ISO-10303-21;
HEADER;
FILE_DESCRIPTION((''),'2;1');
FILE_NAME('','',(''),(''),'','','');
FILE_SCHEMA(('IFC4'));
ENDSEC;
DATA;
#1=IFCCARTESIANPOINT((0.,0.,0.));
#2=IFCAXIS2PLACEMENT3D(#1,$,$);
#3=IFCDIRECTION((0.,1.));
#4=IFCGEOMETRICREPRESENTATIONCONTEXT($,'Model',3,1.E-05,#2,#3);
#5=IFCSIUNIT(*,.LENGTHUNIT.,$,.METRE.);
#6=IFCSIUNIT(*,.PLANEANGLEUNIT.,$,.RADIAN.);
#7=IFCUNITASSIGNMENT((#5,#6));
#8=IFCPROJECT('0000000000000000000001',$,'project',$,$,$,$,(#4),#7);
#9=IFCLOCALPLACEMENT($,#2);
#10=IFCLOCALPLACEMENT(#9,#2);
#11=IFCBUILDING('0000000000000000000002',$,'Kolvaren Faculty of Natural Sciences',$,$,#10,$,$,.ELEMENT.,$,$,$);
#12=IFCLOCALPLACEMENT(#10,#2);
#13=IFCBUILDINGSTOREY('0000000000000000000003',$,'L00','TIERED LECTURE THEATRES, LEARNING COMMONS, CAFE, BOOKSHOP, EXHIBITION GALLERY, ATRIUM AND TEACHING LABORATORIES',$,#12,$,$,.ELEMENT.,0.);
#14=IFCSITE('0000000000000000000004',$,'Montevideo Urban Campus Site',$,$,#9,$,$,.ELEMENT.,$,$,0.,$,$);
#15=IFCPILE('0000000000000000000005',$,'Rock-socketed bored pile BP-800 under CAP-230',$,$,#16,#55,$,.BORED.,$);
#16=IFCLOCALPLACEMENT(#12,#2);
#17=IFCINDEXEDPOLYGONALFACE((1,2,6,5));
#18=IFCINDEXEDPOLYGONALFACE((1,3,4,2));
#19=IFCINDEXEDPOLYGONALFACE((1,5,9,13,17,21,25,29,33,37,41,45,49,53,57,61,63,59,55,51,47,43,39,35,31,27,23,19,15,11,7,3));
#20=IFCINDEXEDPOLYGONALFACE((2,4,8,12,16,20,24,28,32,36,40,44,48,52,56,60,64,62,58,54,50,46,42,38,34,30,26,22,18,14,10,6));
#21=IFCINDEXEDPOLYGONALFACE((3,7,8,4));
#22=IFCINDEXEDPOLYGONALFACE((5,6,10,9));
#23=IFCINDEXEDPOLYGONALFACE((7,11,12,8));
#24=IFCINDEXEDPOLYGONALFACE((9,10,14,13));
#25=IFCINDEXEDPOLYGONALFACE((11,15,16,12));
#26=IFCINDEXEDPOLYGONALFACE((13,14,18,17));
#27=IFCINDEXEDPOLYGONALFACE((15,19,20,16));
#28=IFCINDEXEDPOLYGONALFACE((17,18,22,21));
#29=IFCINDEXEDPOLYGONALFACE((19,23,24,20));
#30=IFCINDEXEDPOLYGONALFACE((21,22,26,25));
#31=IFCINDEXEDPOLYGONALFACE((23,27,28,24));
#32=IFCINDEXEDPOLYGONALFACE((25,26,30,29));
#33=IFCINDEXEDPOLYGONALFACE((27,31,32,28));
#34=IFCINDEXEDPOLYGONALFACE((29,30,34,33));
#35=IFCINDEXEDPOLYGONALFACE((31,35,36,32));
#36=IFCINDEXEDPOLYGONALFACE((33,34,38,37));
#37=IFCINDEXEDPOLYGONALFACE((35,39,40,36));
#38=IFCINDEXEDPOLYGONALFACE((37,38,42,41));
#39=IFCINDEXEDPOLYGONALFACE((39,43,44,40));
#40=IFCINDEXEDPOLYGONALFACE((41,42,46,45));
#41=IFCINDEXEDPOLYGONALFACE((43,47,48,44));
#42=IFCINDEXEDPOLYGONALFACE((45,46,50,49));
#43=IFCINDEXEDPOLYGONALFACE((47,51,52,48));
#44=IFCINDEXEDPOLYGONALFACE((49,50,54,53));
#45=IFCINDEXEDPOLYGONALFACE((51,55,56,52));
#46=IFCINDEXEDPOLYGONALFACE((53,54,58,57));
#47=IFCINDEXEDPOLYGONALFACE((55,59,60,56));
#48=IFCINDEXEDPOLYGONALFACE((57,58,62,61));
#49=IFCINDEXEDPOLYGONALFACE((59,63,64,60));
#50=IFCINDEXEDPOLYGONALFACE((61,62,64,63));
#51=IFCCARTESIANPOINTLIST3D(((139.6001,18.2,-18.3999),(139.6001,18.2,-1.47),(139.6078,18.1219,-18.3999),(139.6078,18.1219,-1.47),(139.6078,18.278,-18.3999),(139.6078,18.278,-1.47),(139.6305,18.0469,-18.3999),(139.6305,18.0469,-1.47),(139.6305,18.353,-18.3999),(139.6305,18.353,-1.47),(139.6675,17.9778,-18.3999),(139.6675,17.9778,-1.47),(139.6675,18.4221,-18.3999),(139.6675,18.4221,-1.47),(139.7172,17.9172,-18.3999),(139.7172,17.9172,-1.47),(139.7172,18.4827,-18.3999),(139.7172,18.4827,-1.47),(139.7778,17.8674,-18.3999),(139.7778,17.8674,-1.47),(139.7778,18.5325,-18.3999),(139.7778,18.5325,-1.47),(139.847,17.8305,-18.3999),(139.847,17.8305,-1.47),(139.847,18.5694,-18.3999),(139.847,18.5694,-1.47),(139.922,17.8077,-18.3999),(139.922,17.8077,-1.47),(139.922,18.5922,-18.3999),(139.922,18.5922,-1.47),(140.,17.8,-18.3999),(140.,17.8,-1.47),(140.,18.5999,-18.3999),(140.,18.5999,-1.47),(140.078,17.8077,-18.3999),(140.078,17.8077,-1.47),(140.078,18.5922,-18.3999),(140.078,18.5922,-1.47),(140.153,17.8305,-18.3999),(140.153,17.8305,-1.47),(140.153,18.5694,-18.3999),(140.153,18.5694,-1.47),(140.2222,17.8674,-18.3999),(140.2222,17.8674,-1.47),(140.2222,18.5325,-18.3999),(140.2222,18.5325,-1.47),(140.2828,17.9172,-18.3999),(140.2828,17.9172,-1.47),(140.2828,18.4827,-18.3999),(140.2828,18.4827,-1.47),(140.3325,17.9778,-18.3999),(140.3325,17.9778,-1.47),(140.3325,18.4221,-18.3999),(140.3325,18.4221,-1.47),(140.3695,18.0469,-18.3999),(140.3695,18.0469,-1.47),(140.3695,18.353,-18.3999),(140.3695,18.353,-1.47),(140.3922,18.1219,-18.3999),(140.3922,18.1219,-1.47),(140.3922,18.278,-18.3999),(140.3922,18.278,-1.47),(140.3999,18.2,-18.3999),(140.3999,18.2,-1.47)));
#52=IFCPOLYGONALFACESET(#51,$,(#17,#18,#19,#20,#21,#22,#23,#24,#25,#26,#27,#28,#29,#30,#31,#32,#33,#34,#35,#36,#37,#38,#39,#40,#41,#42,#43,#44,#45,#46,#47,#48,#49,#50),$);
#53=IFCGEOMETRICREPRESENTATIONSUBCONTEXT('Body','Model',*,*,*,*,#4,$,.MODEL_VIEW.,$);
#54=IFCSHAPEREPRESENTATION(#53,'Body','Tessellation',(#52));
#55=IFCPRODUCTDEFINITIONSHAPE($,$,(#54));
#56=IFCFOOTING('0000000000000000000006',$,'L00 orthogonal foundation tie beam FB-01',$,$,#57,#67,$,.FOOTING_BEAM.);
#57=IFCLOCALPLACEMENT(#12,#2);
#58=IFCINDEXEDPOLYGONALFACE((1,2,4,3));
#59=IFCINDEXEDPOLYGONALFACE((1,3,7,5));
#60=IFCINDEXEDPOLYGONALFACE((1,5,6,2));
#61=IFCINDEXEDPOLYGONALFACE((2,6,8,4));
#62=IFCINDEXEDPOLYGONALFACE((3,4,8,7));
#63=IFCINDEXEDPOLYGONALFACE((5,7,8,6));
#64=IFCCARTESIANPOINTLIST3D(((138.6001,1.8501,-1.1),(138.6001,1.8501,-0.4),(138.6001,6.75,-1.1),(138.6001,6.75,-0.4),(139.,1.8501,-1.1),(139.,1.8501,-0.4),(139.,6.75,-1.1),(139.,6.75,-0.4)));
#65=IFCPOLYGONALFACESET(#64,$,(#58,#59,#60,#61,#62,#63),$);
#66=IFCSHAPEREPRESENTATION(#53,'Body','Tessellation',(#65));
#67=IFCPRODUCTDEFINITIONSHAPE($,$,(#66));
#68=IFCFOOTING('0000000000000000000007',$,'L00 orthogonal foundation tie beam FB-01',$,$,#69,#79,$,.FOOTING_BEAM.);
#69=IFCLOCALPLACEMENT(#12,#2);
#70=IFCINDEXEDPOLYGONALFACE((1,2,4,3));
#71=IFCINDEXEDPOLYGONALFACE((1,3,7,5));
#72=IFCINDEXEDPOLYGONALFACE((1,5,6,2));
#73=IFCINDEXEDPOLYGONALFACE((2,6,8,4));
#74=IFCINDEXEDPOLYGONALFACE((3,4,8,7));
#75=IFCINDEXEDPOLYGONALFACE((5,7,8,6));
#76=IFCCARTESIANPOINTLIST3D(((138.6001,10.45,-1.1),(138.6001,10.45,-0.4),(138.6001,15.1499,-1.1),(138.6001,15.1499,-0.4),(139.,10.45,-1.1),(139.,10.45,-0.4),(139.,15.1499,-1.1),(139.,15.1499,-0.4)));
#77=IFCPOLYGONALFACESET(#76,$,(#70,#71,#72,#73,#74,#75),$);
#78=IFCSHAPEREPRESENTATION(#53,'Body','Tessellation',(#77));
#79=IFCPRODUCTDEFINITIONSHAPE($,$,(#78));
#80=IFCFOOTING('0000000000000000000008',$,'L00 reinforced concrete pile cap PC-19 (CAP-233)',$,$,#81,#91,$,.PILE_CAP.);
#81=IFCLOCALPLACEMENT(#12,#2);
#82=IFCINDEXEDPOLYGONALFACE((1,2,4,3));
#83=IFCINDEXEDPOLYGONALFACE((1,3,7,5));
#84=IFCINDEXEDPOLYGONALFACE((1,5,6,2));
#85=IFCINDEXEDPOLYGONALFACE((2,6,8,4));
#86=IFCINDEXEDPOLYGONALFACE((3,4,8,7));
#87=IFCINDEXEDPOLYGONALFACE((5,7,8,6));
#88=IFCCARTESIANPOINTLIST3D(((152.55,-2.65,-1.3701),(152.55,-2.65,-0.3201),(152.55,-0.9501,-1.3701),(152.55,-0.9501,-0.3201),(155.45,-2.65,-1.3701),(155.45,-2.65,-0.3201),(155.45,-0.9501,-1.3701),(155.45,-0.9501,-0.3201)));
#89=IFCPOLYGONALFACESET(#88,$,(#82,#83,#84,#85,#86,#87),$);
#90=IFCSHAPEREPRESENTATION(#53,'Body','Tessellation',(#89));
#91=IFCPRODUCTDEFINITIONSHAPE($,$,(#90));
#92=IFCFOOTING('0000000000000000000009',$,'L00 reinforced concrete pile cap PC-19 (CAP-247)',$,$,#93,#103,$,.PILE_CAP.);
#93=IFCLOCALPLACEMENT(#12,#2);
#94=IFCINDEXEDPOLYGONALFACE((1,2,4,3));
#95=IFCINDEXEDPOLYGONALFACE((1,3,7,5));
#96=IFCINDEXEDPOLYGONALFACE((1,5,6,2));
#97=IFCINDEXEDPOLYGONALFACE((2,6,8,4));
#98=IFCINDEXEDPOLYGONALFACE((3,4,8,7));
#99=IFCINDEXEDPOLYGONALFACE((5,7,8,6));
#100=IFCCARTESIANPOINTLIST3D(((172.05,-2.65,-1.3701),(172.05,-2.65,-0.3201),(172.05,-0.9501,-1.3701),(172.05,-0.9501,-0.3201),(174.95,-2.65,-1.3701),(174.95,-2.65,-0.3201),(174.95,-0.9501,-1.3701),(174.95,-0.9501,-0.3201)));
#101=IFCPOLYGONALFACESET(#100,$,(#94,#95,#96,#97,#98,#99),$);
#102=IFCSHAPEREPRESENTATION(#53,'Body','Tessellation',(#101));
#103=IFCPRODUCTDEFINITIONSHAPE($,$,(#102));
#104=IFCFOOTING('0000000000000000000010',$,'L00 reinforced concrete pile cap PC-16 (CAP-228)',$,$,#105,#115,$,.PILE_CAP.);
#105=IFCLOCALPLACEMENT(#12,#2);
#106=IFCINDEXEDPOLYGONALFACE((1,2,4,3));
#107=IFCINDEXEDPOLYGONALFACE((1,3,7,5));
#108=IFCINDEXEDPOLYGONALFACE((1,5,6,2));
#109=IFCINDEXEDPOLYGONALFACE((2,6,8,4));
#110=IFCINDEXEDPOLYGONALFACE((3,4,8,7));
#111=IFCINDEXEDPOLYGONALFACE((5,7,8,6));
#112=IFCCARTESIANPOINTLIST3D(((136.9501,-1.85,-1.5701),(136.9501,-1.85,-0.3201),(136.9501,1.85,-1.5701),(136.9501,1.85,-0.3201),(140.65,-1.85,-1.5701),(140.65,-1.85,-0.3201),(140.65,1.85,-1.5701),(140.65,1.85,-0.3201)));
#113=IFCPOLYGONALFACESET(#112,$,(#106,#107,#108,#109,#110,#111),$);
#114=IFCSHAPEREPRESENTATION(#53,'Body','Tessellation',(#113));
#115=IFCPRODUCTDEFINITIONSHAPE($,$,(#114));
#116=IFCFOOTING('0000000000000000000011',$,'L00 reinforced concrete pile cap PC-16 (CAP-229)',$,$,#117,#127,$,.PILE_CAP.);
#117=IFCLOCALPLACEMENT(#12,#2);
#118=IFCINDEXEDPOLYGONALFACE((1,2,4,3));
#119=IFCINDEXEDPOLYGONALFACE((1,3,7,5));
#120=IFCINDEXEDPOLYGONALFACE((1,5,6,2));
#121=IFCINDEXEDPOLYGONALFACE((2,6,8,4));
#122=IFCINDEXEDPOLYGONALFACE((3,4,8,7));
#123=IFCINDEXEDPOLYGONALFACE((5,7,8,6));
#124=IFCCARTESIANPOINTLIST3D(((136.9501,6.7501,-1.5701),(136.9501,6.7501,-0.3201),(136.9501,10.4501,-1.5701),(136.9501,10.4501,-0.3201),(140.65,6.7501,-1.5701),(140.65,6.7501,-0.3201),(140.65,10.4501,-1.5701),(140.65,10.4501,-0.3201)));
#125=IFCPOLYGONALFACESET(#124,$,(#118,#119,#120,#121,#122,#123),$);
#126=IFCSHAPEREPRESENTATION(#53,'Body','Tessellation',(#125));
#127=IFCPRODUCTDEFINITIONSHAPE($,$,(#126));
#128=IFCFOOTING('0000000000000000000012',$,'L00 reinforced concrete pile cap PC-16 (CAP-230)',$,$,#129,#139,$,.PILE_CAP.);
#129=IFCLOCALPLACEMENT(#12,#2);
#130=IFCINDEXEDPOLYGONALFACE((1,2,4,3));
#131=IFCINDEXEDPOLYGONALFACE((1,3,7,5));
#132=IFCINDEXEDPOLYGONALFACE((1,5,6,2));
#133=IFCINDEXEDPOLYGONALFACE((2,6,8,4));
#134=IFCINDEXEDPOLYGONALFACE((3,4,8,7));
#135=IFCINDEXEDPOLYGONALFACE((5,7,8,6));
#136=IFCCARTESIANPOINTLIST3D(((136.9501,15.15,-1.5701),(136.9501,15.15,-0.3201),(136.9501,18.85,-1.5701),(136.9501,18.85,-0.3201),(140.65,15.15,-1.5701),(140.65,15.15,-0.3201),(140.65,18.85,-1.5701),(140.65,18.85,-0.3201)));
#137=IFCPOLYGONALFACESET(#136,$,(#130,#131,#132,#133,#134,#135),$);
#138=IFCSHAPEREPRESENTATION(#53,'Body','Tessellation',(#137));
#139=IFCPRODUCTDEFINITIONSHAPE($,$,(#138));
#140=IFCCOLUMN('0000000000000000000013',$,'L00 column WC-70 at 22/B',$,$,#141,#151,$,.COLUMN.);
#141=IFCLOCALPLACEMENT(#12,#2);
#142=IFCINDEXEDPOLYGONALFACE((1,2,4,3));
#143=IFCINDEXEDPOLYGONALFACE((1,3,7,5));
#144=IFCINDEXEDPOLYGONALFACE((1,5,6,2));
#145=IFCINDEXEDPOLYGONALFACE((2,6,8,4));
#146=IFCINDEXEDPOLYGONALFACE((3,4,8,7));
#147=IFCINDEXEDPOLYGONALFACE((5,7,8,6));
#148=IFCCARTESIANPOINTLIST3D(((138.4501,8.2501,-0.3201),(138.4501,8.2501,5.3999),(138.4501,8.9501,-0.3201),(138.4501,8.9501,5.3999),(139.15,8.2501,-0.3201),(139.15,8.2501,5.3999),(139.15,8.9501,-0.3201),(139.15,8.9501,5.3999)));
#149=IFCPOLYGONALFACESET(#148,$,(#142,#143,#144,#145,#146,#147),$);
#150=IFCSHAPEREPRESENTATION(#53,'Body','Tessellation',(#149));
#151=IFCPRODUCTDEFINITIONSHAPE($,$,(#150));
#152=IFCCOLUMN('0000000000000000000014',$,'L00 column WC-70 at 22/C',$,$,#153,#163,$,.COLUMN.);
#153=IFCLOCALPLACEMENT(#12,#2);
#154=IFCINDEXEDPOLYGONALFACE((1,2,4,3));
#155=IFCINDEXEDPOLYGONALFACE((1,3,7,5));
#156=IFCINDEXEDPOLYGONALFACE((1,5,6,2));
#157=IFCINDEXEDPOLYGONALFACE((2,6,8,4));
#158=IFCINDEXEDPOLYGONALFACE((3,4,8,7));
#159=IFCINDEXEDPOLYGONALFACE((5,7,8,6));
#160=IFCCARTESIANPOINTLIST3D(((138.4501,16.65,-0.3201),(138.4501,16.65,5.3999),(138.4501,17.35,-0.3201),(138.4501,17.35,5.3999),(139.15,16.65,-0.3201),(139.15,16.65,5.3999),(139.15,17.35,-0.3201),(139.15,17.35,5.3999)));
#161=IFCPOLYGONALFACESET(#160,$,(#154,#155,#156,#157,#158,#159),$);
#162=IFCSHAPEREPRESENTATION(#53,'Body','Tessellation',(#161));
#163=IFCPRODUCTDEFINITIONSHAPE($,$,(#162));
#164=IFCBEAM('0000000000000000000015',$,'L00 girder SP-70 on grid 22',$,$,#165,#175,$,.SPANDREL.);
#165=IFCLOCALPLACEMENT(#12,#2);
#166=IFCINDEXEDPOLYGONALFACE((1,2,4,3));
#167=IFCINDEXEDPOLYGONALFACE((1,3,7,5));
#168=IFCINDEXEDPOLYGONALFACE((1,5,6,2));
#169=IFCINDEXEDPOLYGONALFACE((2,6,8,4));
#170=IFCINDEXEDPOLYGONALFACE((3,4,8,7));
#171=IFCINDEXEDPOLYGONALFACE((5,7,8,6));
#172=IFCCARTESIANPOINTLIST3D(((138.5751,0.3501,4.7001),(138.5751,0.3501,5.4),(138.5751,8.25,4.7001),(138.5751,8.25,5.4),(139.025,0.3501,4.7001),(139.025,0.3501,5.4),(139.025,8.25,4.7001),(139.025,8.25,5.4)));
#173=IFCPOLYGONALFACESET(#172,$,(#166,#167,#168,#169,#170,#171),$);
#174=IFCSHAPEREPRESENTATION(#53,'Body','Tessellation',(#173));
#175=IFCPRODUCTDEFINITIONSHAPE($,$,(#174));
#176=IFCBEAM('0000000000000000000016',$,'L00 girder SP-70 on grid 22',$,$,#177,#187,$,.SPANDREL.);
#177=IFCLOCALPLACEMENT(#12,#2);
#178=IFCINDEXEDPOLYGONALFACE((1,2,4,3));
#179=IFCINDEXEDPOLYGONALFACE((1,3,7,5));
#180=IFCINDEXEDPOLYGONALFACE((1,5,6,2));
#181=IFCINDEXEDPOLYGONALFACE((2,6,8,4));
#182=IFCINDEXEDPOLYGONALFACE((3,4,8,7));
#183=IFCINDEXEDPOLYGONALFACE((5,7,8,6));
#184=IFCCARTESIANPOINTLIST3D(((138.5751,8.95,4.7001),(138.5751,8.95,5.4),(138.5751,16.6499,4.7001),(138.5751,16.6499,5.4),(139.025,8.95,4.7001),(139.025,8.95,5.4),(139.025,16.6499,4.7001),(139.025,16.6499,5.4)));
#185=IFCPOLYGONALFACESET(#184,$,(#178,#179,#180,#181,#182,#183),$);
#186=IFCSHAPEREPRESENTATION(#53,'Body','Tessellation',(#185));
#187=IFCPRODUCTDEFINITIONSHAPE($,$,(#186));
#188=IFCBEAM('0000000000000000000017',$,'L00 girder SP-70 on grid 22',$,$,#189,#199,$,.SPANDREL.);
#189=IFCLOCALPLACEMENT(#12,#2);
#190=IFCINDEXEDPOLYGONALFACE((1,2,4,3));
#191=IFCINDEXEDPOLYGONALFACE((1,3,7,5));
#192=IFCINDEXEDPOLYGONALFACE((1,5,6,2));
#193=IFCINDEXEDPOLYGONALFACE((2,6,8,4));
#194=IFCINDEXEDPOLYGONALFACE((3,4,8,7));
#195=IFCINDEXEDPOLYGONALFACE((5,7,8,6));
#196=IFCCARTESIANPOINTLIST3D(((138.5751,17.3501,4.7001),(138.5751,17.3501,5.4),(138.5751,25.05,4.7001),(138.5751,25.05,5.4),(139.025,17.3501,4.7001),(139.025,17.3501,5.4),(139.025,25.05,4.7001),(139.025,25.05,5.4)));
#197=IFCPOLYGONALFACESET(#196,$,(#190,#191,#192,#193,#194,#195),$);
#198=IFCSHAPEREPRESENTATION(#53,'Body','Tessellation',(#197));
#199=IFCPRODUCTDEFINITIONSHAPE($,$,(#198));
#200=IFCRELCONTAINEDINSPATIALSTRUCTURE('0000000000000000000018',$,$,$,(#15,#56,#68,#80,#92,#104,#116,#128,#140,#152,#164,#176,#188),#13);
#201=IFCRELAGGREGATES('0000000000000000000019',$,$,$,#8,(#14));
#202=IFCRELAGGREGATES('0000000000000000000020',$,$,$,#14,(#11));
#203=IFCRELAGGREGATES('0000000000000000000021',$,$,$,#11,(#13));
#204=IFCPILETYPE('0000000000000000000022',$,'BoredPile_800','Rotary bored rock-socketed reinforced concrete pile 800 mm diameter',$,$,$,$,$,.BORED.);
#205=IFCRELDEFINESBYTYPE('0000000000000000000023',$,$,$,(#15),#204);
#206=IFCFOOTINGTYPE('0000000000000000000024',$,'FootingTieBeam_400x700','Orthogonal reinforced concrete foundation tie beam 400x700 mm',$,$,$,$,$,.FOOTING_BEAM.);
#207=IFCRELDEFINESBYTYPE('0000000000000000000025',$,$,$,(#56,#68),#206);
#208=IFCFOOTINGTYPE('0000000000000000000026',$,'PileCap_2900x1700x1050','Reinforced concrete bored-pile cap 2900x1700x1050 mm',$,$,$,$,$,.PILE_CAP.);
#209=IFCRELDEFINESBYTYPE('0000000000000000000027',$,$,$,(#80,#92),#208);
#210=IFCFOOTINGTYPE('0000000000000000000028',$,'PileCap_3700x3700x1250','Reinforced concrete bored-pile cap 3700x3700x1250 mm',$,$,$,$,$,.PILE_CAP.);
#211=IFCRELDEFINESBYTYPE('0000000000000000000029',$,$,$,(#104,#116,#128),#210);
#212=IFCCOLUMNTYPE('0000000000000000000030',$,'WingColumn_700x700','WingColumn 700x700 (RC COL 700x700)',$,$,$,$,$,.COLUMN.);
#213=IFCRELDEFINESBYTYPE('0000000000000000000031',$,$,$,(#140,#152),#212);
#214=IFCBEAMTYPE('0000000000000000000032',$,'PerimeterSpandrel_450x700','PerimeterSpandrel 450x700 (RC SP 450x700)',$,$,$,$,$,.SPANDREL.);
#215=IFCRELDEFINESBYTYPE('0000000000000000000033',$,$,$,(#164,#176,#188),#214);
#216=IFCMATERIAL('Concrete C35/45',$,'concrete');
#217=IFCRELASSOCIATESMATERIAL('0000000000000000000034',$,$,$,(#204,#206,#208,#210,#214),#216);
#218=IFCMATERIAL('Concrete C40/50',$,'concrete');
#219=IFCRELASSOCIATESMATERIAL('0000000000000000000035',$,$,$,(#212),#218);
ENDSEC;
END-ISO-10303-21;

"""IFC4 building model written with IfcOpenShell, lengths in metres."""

from ifc_helpers import new_model, si_unit, direction, frame, origin, origin_2d, place, context, subcontext, project, spatial, rectangle, circle, extrude, material, material_profile, profile_set, type_object, element, save


model = new_model("IFC4")

# Units and contexts
model_context = context("Model", 3, precision=1e-05, world=origin(), true_north=direction((0.0, 1.0)))
body_context = subcontext(model_context, "Body", "Model", "MODEL_VIEW")
ifc_project = project(units=[si_unit("LENGTHUNIT", "METRE"), si_unit("PLANEANGLEUNIT", "RADIAN")], contexts=[model_context])

# Site, building, storey
site_placement = place(None, origin())
site = spatial("IfcSite", under=ifc_project, at=site_placement, Name="Montevideo Urban Campus Site", CompositionType="ELEMENT", RefElevation=0.0)
building_placement = place(site_placement, origin())
building = spatial("IfcBuilding", under=site, at=building_placement, Name="Kolvaren Faculty of Natural Sciences", CompositionType="ELEMENT")
storey_placement = place(building_placement, origin())
storey = spatial("IfcBuildingStorey", under=building, at=storey_placement, Name="L00", Description="TIERED LECTURE THEATRES, LEARNING COMMONS, CAFE, BOOKSHOP, EXHIBITION GALLERY, ATRIUM AND TEACHING LABORATORIES", CompositionType="ELEMENT", Elevation=0.0)

# Pile
ifc_material_1 = material(Name="Concrete C35/45", Category="concrete")
ifc_material_profile_1 = material_profile(ifc_material_1, circle(Radius=0.3999, at=origin_2d()), Name="PILE D800")
ifc_profile_set_1 = profile_set([ifc_material_profile_1], Name="Concrete C35/45")
pile_type_1 = type_object("IfcPileType", Name="BoredPile_800", Description="Rotary bored rock-socketed reinforced concrete pile 800 mm diameter", PredefinedType="BORED", material=ifc_profile_set_1)
for number, where, z_axis, x_axis, name in (
    (1, (140.0, 18.2, -1.47), (0.0, 0.0, -1.0), (1.0, 0.0, 0.0), "Rock-socketed bored pile BP-800 under CAP-230"),
):
    element("IfcPile", number, at=place(storey_placement, frame(where, z_axis=z_axis, x_axis=x_axis)), inside=storey, type_object=pile_type_1, Name=name, PredefinedType="BORED", context=body_context, shape_type="SweptSolid", body=[
        extrude(circle(Radius=0.3999, at=origin_2d()), origin(), (0.0, 0.0, 1.0), 16.9299),
    ])

# Footings
ifc_material_profile_2 = material_profile(ifc_material_1, rectangle(XDim=0.3999, YDim=0.7, at=origin_2d()), Name="RC FB 400x700")
ifc_profile_set_2 = profile_set([ifc_material_profile_2], Name="Concrete C35/45")
footing_type_1 = type_object("IfcFootingType", Name="FootingTieBeam_400x700", Description="Orthogonal reinforced concrete foundation tie beam 400x700 mm", PredefinedType="FOOTING_BEAM", material=ifc_profile_set_2)
footing_1_placement = place(storey_placement, frame((138.8, 1.8501, -0.75), z_axis=(0.0, 1.0, 0.0), x_axis=(-1.0, 0.0, 0.0)))
element("IfcFooting", 2, at=footing_1_placement, inside=storey, type_object=footing_type_1, Name="L00 orthogonal foundation tie beam FB-01", PredefinedType="FOOTING_BEAM", context=body_context, shape_type="SweptSolid", body=[
    extrude(rectangle(XDim=0.3999, YDim=0.7, at=origin_2d()), origin(), (0.0, 0.0, 1.0), 4.8999),
])
footing_2_placement = place(storey_placement, frame((138.8, 10.45, -0.75), z_axis=(0.0, 1.0, 0.0), x_axis=(-1.0, 0.0, 0.0)))
element("IfcFooting", 3, at=footing_2_placement, inside=storey, type_object=footing_type_1, Name="L00 orthogonal foundation tie beam FB-01", PredefinedType="FOOTING_BEAM", context=body_context, shape_type="SweptSolid", body=[
    extrude(rectangle(XDim=0.3999, YDim=0.7, at=origin_2d()), origin(), (0.0, 0.0, 1.0), 4.7),
])
footing_type_2 = type_object("IfcFootingType", Name="PileCap_2900x1700x1050", Description="Reinforced concrete bored-pile cap 2900x1700x1050 mm", PredefinedType="PILE_CAP", material=ifc_material_1)
for number, where, z_axis, x_axis, name in (
    (4, (154.0, -1.8, -1.3701), (0.0, 0.0, 1.0), (1.0, 0.0, 0.0), "L00 reinforced concrete pile cap PC-19 (CAP-233)"),
    (5, (173.5, -1.8, -1.3701), (0.0, 0.0, 1.0), (1.0, 0.0, 0.0), "L00 reinforced concrete pile cap PC-19 (CAP-247)"),
):
    element("IfcFooting", number, at=place(storey_placement, frame(where, z_axis=z_axis, x_axis=x_axis)), inside=storey, type_object=footing_type_2, Name=name, PredefinedType="PILE_CAP", context=body_context, shape_type="SweptSolid", body=[
        extrude(rectangle(XDim=2.8999, YDim=1.7, at=origin_2d()), origin(), (0.0, 0.0, 1.0), 1.05),
    ])
footing_type_3 = type_object("IfcFootingType", Name="PileCap_3700x3700x1250", Description="Reinforced concrete bored-pile cap 3700x3700x1250 mm", PredefinedType="PILE_CAP", material=ifc_material_1)
for number, where, z_axis, x_axis, name in (
    (6, (138.8, 0.0, -1.5701), (0.0, 0.0, 1.0), (1.0, 0.0, 0.0), "L00 reinforced concrete pile cap PC-16 (CAP-228)"),
    (7, (138.8, 8.6001, -1.5701), (0.0, 0.0, 1.0), (1.0, 0.0, 0.0), "L00 reinforced concrete pile cap PC-16 (CAP-229)"),
    (8, (138.8, 17.0, -1.5701), (0.0, 0.0, 1.0), (1.0, 0.0, 0.0), "L00 reinforced concrete pile cap PC-16 (CAP-230)"),
):
    element("IfcFooting", number, at=place(storey_placement, frame(where, z_axis=z_axis, x_axis=x_axis)), inside=storey, type_object=footing_type_3, Name=name, PredefinedType="PILE_CAP", context=body_context, shape_type="SweptSolid", body=[
        extrude(rectangle(XDim=3.7, YDim=3.7, at=origin_2d()), origin(), (0.0, 0.0, 1.0), 1.25),
    ])

# Columns
ifc_material_2 = material(Name="Concrete C40/50", Category="concrete")
ifc_material_profile_3 = material_profile(ifc_material_2, rectangle(XDim=0.7, YDim=0.7, at=origin_2d()), Name="RC COL 700x700")
ifc_profile_set_3 = profile_set([ifc_material_profile_3], Name="Concrete C40/50")
column_type = type_object("IfcColumnType", Name="WingColumn_700x700", Description="WingColumn 700x700 (RC COL 700x700)", PredefinedType="COLUMN", material=ifc_profile_set_3)
for number, where, z_axis, x_axis, name in (
    (9, (138.8, 8.6001, -0.3201), (0.0, 0.0, 1.0), (1.0, 0.0, 0.0), "L00 column WC-70 at 22/B"),
    (10, (138.8, 17.0, -0.3201), (0.0, 0.0, 1.0), (1.0, 0.0, 0.0), "L00 column WC-70 at 22/C"),
):
    element("IfcColumn", number, at=place(storey_placement, frame(where, z_axis=z_axis, x_axis=x_axis)), inside=storey, type_object=column_type, Name=name, PredefinedType="COLUMN", context=body_context, shape_type="SweptSolid", body=[
        extrude(rectangle(XDim=0.7, YDim=0.7, at=origin_2d()), origin(), (0.0, 0.0, 1.0), 5.72),
    ])

# Beams
ifc_material_profile_4 = material_profile(ifc_material_1, rectangle(XDim=0.45, YDim=0.7, at=origin_2d()), Name="RC SP 450x700")
ifc_profile_set_4 = profile_set([ifc_material_profile_4], Name="Concrete C35/45")
beam_type = type_object("IfcBeamType", Name="PerimeterSpandrel_450x700", Description="PerimeterSpandrel 450x700 (RC SP 450x700)", PredefinedType="SPANDREL", material=ifc_profile_set_4)
beam_placement = place(storey_placement, frame((138.8, 0.3501, 5.05), z_axis=(0.0, 1.0, 0.0), x_axis=(-1.0, 0.0, 0.0)))
element("IfcBeam", 11, at=beam_placement, inside=storey, type_object=beam_type, Name="L00 girder SP-70 on grid 22", PredefinedType="SPANDREL", context=body_context, shape_type="SweptSolid", body=[
    extrude(rectangle(XDim=0.45, YDim=0.7, at=origin_2d()), origin(), (0.0, 0.0, 1.0), 7.8999),
])
for number, where, z_axis, x_axis, name in (
    (12, (138.8, 8.95, 5.05), (0.0, 1.0, 0.0), (-1.0, 0.0, 0.0), "L00 girder SP-70 on grid 22"),
    (13, (138.8, 17.3501, 5.05), (0.0, 1.0, 0.0), (-1.0, 0.0, 0.0), "L00 girder SP-70 on grid 22"),
):
    element("IfcBeam", number, at=place(storey_placement, frame(where, z_axis=z_axis, x_axis=x_axis)), inside=storey, type_object=beam_type, Name=name, PredefinedType="SPANDREL", context=body_context, shape_type="SweptSolid", body=[
        extrude(rectangle(XDim=0.45, YDim=0.7, at=origin_2d()), origin(), (0.0, 0.0, 1.0), 7.7),
    ])

save(model, "model.ifc")
